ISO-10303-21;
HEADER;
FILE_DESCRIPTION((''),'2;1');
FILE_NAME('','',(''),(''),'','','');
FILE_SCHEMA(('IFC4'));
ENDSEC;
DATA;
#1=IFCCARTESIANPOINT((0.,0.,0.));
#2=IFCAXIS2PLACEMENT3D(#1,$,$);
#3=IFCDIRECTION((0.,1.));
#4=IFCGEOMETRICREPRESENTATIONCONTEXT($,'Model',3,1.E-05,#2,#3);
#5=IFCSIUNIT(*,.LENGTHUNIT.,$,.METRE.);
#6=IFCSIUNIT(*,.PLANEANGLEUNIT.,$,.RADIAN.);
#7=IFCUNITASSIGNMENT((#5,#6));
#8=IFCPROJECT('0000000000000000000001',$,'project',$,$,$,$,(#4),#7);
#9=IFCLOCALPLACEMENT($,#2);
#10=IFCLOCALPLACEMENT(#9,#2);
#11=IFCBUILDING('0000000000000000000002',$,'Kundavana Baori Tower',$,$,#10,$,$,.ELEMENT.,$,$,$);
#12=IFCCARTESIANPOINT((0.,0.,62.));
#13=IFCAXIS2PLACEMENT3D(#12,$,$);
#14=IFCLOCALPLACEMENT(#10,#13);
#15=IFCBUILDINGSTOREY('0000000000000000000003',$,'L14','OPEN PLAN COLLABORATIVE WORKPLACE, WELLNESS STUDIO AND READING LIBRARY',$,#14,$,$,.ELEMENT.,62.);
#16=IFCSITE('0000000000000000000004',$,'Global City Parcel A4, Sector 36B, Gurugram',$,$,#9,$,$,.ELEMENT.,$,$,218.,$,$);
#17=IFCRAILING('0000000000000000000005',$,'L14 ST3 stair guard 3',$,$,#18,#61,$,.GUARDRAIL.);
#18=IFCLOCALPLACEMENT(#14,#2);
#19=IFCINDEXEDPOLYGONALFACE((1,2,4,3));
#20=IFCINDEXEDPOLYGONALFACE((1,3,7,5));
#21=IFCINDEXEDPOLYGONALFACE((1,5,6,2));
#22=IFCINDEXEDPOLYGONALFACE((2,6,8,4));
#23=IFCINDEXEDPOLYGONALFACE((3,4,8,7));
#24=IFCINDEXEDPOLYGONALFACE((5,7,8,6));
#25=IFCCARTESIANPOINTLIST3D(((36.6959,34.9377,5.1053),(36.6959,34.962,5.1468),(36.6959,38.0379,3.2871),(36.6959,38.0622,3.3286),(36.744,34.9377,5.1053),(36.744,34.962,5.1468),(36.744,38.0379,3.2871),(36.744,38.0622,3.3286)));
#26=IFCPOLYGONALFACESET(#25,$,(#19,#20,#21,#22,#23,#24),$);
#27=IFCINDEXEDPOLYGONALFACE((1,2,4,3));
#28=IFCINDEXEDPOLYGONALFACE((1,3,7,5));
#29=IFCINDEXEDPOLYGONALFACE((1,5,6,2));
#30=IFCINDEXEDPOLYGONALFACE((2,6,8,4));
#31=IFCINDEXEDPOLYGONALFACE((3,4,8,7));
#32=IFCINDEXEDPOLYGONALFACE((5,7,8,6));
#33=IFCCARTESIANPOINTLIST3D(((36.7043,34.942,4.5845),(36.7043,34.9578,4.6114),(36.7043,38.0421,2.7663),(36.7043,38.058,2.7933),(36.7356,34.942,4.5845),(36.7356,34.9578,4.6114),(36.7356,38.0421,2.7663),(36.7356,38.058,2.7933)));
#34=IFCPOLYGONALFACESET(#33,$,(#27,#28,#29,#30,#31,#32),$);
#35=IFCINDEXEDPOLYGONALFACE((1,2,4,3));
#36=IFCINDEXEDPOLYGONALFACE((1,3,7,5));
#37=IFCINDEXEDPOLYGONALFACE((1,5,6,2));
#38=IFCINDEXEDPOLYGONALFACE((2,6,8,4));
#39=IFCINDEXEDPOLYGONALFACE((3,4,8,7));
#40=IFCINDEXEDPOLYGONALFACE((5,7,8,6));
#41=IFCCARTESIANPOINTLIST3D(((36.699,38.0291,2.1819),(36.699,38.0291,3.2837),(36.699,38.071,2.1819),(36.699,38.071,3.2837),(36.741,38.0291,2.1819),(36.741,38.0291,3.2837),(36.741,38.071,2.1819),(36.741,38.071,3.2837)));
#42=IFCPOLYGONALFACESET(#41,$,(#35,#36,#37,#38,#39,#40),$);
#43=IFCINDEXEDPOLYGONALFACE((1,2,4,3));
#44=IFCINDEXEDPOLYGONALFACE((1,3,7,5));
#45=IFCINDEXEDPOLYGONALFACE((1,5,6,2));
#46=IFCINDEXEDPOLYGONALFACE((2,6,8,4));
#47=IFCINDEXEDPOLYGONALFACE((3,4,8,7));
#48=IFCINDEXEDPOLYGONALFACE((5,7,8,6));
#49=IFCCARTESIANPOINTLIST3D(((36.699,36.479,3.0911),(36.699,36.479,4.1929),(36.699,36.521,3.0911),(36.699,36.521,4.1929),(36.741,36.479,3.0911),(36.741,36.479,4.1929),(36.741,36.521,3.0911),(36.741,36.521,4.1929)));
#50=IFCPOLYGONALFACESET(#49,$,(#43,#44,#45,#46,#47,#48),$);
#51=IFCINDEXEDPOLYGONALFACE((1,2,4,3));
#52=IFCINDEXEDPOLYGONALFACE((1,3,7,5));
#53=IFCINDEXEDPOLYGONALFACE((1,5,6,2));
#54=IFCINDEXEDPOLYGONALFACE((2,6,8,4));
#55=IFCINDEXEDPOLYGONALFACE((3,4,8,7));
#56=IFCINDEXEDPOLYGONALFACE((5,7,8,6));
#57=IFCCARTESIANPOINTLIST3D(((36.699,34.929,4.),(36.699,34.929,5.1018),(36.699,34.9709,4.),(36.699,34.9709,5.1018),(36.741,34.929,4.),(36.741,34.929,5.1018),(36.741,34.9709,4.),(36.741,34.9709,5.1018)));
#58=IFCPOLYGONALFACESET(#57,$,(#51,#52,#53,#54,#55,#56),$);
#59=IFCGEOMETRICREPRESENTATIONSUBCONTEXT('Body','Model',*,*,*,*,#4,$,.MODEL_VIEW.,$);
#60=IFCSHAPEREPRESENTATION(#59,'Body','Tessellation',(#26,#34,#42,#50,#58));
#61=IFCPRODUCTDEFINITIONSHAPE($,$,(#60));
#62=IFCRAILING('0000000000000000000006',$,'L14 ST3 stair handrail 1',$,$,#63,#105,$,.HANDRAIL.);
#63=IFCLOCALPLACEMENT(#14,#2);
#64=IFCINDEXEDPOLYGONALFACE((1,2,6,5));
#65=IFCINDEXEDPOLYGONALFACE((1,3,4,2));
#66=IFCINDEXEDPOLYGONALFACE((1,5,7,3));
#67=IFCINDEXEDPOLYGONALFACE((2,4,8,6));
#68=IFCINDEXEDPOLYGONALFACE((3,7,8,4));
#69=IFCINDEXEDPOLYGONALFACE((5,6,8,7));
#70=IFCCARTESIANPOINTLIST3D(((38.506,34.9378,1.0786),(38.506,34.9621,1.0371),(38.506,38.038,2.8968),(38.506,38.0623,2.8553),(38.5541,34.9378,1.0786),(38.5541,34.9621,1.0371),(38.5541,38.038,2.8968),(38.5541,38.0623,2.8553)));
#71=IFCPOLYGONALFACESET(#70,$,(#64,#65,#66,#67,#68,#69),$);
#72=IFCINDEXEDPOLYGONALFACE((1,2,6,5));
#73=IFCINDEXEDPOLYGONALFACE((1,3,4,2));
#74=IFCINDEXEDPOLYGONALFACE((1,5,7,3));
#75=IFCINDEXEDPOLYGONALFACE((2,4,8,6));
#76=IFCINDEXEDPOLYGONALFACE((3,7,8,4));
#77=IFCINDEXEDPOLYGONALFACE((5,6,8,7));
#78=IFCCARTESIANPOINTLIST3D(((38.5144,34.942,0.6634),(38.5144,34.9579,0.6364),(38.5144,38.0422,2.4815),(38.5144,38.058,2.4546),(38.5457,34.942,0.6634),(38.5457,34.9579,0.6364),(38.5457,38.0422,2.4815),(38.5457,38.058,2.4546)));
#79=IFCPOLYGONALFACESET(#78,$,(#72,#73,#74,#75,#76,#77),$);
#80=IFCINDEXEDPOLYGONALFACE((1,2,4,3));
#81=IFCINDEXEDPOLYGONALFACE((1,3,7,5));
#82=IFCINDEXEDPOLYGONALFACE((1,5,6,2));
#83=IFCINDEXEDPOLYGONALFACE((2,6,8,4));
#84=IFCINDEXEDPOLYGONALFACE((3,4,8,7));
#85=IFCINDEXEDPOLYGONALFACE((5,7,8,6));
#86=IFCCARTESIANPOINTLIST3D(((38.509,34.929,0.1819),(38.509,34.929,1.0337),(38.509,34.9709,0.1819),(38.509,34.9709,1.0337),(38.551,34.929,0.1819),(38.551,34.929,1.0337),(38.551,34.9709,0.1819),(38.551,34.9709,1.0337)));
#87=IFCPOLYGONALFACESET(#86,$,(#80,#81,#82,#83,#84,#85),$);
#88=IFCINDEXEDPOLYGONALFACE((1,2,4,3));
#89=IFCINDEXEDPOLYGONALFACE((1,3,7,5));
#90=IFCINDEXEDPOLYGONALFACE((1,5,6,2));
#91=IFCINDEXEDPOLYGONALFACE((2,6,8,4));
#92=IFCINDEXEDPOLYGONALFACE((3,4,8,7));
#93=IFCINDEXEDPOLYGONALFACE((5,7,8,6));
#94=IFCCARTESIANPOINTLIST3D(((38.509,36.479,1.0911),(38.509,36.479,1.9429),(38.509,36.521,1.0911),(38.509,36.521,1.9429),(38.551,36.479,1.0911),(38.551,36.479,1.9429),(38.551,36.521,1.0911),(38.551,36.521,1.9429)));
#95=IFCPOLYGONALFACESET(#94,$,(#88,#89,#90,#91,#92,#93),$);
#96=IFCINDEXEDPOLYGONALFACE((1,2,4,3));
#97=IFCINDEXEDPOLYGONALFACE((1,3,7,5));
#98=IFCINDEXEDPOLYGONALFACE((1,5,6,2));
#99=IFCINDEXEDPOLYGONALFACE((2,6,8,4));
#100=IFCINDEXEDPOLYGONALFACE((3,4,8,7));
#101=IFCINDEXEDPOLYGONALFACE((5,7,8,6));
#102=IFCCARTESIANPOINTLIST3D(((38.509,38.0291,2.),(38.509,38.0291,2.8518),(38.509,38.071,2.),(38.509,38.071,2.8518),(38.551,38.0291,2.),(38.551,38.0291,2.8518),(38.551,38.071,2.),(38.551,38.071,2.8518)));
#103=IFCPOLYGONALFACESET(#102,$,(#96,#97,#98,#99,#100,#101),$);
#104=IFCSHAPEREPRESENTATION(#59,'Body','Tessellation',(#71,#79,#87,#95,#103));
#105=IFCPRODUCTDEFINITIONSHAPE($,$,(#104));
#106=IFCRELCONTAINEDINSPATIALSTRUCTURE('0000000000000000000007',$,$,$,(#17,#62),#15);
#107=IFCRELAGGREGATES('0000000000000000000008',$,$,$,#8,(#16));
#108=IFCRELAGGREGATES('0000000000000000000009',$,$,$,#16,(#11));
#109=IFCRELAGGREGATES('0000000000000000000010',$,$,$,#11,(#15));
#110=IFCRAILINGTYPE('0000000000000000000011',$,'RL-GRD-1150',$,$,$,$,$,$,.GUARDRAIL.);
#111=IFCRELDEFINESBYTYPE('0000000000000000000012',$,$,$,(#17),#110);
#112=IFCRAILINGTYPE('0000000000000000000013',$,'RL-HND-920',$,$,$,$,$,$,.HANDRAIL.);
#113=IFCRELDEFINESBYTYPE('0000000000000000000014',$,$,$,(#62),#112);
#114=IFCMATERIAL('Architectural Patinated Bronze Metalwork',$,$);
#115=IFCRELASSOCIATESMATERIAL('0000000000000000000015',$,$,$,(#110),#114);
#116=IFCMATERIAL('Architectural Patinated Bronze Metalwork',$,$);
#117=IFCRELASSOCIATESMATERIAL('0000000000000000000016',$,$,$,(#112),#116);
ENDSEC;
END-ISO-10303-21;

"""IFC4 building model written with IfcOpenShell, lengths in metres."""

from ifc_helpers import new_model, si_unit, direction, frame, origin, origin_2d, place, context, subcontext, project, spatial, rectangle, extrude, material, type_object, element, save


model = new_model("IFC4")

# Units and contexts
model_context = context("Model", 3, precision=1e-05, world=origin(), true_north=direction((0.0, 1.0)))
body_context = subcontext(model_context, "Body", "Model", "MODEL_VIEW")
ifc_project = project(units=[si_unit("LENGTHUNIT", "METRE"), si_unit("PLANEANGLEUNIT", "RADIAN")], contexts=[model_context])

# Site, building, storey
site_placement = place(None, origin())
site = spatial("IfcSite", under=ifc_project, at=site_placement, Name="Global City Parcel A4, Sector 36B, Gurugram", CompositionType="ELEMENT", RefElevation=218.0)
building_placement = place(site_placement, origin())
building = spatial("IfcBuilding", under=site, at=building_placement, Name="Kundavana Baori Tower", CompositionType="ELEMENT")
storey_placement = place(building_placement, frame((0.0, 0.0, 62.0)))
storey = spatial("IfcBuildingStorey", under=building, at=storey_placement, Name="L14", Description="OPEN PLAN COLLABORATIVE WORKPLACE, WELLNESS STUDIO AND READING LIBRARY", CompositionType="ELEMENT", Elevation=62.0)

# Railings
ifc_material_1 = material(Name="Architectural Patinated Bronze Metalwork")
railing_type_1 = type_object("IfcRailingType", Name="RL-GRD-1150", PredefinedType="GUARDRAIL", material=ifc_material_1)
railing_1_placement = place(storey_placement, frame((36.72, 38.05, 2.1819)))
element("IfcRailing", 1, at=railing_1_placement, inside=storey, type_object=railing_type_1, Name="L14 ST3 stair guard 3", PredefinedType="GUARDRAIL", context=body_context, shape_type="SweptSolid", body=[
    extrude(rectangle(XDim=0.0481, YDim=0.0481, at=origin_2d()), frame((0.0, 0.0, 1.126), z_axis=(0.0, -0.862599, 0.505889), x_axis=(1.0, 0.0, 0.0)), (0.0, 0.0, 1.0), 3.594),
    extrude(rectangle(XDim=0.0312, YDim=0.0312, at=origin_2d()), frame((0.0, 0.0, 0.5979), z_axis=(0.0, -0.862599, 0.505889), x_axis=(1.0, 0.0, 0.0)), (0.0, 0.0, 1.0), 3.594),
    extrude(rectangle(XDim=0.042, YDim=0.042, at=origin_2d()), origin(), (0.0, 0.0, 1.0), 1.1018),
    extrude(rectangle(XDim=0.042, YDim=0.042, at=origin_2d()), frame((0.0, -1.55, 0.9092)), (0.0, 0.0, 1.0), 1.1018),
    extrude(rectangle(XDim=0.042, YDim=0.042, at=origin_2d()), frame((0.0, -3.1001, 1.8181)), (0.0, 0.0, 1.0), 1.1018),
])
ifc_material_2 = material(Name="Architectural Patinated Bronze Metalwork")
railing_type_2 = type_object("IfcRailingType", Name="RL-HND-920", PredefinedType="HANDRAIL", material=ifc_material_2)
railing_2_placement = place(storey_placement, frame((38.53, 34.95, 0.1819)))
element("IfcRailing", 2, at=railing_2_placement, inside=storey, type_object=railing_type_2, Name="L14 ST3 stair handrail 1", PredefinedType="HANDRAIL", context=body_context, shape_type="SweptSolid", body=[
    extrude(rectangle(XDim=0.0481, YDim=0.0481, at=origin_2d()), frame((0.0, 0.0, 0.876), z_axis=(0.0, 0.862599, 0.505889), x_axis=(-1.0, 0.0, 0.0)), (0.0, 0.0, 1.0), 3.594),
    extrude(rectangle(XDim=0.0312, YDim=0.0312, at=origin_2d()), frame((0.0, 0.0, 0.468), z_axis=(0.0, 0.862599, 0.505889), x_axis=(-1.0, 0.0, 0.0)), (0.0, 0.0, 1.0), 3.594),
    extrude(rectangle(XDim=0.042, YDim=0.042, at=origin_2d()), origin(), (0.0, 0.0, 1.0), 0.8518),
    extrude(rectangle(XDim=0.042, YDim=0.042, at=origin_2d()), frame((0.0, 1.55, 0.9092)), (0.0, 0.0, 1.0), 0.8518),
    extrude(rectangle(XDim=0.042, YDim=0.042, at=origin_2d()), frame((0.0, 3.1001, 1.8181)), (0.0, 0.0, 1.0), 0.8518),
])

save(model, "model.ifc")
